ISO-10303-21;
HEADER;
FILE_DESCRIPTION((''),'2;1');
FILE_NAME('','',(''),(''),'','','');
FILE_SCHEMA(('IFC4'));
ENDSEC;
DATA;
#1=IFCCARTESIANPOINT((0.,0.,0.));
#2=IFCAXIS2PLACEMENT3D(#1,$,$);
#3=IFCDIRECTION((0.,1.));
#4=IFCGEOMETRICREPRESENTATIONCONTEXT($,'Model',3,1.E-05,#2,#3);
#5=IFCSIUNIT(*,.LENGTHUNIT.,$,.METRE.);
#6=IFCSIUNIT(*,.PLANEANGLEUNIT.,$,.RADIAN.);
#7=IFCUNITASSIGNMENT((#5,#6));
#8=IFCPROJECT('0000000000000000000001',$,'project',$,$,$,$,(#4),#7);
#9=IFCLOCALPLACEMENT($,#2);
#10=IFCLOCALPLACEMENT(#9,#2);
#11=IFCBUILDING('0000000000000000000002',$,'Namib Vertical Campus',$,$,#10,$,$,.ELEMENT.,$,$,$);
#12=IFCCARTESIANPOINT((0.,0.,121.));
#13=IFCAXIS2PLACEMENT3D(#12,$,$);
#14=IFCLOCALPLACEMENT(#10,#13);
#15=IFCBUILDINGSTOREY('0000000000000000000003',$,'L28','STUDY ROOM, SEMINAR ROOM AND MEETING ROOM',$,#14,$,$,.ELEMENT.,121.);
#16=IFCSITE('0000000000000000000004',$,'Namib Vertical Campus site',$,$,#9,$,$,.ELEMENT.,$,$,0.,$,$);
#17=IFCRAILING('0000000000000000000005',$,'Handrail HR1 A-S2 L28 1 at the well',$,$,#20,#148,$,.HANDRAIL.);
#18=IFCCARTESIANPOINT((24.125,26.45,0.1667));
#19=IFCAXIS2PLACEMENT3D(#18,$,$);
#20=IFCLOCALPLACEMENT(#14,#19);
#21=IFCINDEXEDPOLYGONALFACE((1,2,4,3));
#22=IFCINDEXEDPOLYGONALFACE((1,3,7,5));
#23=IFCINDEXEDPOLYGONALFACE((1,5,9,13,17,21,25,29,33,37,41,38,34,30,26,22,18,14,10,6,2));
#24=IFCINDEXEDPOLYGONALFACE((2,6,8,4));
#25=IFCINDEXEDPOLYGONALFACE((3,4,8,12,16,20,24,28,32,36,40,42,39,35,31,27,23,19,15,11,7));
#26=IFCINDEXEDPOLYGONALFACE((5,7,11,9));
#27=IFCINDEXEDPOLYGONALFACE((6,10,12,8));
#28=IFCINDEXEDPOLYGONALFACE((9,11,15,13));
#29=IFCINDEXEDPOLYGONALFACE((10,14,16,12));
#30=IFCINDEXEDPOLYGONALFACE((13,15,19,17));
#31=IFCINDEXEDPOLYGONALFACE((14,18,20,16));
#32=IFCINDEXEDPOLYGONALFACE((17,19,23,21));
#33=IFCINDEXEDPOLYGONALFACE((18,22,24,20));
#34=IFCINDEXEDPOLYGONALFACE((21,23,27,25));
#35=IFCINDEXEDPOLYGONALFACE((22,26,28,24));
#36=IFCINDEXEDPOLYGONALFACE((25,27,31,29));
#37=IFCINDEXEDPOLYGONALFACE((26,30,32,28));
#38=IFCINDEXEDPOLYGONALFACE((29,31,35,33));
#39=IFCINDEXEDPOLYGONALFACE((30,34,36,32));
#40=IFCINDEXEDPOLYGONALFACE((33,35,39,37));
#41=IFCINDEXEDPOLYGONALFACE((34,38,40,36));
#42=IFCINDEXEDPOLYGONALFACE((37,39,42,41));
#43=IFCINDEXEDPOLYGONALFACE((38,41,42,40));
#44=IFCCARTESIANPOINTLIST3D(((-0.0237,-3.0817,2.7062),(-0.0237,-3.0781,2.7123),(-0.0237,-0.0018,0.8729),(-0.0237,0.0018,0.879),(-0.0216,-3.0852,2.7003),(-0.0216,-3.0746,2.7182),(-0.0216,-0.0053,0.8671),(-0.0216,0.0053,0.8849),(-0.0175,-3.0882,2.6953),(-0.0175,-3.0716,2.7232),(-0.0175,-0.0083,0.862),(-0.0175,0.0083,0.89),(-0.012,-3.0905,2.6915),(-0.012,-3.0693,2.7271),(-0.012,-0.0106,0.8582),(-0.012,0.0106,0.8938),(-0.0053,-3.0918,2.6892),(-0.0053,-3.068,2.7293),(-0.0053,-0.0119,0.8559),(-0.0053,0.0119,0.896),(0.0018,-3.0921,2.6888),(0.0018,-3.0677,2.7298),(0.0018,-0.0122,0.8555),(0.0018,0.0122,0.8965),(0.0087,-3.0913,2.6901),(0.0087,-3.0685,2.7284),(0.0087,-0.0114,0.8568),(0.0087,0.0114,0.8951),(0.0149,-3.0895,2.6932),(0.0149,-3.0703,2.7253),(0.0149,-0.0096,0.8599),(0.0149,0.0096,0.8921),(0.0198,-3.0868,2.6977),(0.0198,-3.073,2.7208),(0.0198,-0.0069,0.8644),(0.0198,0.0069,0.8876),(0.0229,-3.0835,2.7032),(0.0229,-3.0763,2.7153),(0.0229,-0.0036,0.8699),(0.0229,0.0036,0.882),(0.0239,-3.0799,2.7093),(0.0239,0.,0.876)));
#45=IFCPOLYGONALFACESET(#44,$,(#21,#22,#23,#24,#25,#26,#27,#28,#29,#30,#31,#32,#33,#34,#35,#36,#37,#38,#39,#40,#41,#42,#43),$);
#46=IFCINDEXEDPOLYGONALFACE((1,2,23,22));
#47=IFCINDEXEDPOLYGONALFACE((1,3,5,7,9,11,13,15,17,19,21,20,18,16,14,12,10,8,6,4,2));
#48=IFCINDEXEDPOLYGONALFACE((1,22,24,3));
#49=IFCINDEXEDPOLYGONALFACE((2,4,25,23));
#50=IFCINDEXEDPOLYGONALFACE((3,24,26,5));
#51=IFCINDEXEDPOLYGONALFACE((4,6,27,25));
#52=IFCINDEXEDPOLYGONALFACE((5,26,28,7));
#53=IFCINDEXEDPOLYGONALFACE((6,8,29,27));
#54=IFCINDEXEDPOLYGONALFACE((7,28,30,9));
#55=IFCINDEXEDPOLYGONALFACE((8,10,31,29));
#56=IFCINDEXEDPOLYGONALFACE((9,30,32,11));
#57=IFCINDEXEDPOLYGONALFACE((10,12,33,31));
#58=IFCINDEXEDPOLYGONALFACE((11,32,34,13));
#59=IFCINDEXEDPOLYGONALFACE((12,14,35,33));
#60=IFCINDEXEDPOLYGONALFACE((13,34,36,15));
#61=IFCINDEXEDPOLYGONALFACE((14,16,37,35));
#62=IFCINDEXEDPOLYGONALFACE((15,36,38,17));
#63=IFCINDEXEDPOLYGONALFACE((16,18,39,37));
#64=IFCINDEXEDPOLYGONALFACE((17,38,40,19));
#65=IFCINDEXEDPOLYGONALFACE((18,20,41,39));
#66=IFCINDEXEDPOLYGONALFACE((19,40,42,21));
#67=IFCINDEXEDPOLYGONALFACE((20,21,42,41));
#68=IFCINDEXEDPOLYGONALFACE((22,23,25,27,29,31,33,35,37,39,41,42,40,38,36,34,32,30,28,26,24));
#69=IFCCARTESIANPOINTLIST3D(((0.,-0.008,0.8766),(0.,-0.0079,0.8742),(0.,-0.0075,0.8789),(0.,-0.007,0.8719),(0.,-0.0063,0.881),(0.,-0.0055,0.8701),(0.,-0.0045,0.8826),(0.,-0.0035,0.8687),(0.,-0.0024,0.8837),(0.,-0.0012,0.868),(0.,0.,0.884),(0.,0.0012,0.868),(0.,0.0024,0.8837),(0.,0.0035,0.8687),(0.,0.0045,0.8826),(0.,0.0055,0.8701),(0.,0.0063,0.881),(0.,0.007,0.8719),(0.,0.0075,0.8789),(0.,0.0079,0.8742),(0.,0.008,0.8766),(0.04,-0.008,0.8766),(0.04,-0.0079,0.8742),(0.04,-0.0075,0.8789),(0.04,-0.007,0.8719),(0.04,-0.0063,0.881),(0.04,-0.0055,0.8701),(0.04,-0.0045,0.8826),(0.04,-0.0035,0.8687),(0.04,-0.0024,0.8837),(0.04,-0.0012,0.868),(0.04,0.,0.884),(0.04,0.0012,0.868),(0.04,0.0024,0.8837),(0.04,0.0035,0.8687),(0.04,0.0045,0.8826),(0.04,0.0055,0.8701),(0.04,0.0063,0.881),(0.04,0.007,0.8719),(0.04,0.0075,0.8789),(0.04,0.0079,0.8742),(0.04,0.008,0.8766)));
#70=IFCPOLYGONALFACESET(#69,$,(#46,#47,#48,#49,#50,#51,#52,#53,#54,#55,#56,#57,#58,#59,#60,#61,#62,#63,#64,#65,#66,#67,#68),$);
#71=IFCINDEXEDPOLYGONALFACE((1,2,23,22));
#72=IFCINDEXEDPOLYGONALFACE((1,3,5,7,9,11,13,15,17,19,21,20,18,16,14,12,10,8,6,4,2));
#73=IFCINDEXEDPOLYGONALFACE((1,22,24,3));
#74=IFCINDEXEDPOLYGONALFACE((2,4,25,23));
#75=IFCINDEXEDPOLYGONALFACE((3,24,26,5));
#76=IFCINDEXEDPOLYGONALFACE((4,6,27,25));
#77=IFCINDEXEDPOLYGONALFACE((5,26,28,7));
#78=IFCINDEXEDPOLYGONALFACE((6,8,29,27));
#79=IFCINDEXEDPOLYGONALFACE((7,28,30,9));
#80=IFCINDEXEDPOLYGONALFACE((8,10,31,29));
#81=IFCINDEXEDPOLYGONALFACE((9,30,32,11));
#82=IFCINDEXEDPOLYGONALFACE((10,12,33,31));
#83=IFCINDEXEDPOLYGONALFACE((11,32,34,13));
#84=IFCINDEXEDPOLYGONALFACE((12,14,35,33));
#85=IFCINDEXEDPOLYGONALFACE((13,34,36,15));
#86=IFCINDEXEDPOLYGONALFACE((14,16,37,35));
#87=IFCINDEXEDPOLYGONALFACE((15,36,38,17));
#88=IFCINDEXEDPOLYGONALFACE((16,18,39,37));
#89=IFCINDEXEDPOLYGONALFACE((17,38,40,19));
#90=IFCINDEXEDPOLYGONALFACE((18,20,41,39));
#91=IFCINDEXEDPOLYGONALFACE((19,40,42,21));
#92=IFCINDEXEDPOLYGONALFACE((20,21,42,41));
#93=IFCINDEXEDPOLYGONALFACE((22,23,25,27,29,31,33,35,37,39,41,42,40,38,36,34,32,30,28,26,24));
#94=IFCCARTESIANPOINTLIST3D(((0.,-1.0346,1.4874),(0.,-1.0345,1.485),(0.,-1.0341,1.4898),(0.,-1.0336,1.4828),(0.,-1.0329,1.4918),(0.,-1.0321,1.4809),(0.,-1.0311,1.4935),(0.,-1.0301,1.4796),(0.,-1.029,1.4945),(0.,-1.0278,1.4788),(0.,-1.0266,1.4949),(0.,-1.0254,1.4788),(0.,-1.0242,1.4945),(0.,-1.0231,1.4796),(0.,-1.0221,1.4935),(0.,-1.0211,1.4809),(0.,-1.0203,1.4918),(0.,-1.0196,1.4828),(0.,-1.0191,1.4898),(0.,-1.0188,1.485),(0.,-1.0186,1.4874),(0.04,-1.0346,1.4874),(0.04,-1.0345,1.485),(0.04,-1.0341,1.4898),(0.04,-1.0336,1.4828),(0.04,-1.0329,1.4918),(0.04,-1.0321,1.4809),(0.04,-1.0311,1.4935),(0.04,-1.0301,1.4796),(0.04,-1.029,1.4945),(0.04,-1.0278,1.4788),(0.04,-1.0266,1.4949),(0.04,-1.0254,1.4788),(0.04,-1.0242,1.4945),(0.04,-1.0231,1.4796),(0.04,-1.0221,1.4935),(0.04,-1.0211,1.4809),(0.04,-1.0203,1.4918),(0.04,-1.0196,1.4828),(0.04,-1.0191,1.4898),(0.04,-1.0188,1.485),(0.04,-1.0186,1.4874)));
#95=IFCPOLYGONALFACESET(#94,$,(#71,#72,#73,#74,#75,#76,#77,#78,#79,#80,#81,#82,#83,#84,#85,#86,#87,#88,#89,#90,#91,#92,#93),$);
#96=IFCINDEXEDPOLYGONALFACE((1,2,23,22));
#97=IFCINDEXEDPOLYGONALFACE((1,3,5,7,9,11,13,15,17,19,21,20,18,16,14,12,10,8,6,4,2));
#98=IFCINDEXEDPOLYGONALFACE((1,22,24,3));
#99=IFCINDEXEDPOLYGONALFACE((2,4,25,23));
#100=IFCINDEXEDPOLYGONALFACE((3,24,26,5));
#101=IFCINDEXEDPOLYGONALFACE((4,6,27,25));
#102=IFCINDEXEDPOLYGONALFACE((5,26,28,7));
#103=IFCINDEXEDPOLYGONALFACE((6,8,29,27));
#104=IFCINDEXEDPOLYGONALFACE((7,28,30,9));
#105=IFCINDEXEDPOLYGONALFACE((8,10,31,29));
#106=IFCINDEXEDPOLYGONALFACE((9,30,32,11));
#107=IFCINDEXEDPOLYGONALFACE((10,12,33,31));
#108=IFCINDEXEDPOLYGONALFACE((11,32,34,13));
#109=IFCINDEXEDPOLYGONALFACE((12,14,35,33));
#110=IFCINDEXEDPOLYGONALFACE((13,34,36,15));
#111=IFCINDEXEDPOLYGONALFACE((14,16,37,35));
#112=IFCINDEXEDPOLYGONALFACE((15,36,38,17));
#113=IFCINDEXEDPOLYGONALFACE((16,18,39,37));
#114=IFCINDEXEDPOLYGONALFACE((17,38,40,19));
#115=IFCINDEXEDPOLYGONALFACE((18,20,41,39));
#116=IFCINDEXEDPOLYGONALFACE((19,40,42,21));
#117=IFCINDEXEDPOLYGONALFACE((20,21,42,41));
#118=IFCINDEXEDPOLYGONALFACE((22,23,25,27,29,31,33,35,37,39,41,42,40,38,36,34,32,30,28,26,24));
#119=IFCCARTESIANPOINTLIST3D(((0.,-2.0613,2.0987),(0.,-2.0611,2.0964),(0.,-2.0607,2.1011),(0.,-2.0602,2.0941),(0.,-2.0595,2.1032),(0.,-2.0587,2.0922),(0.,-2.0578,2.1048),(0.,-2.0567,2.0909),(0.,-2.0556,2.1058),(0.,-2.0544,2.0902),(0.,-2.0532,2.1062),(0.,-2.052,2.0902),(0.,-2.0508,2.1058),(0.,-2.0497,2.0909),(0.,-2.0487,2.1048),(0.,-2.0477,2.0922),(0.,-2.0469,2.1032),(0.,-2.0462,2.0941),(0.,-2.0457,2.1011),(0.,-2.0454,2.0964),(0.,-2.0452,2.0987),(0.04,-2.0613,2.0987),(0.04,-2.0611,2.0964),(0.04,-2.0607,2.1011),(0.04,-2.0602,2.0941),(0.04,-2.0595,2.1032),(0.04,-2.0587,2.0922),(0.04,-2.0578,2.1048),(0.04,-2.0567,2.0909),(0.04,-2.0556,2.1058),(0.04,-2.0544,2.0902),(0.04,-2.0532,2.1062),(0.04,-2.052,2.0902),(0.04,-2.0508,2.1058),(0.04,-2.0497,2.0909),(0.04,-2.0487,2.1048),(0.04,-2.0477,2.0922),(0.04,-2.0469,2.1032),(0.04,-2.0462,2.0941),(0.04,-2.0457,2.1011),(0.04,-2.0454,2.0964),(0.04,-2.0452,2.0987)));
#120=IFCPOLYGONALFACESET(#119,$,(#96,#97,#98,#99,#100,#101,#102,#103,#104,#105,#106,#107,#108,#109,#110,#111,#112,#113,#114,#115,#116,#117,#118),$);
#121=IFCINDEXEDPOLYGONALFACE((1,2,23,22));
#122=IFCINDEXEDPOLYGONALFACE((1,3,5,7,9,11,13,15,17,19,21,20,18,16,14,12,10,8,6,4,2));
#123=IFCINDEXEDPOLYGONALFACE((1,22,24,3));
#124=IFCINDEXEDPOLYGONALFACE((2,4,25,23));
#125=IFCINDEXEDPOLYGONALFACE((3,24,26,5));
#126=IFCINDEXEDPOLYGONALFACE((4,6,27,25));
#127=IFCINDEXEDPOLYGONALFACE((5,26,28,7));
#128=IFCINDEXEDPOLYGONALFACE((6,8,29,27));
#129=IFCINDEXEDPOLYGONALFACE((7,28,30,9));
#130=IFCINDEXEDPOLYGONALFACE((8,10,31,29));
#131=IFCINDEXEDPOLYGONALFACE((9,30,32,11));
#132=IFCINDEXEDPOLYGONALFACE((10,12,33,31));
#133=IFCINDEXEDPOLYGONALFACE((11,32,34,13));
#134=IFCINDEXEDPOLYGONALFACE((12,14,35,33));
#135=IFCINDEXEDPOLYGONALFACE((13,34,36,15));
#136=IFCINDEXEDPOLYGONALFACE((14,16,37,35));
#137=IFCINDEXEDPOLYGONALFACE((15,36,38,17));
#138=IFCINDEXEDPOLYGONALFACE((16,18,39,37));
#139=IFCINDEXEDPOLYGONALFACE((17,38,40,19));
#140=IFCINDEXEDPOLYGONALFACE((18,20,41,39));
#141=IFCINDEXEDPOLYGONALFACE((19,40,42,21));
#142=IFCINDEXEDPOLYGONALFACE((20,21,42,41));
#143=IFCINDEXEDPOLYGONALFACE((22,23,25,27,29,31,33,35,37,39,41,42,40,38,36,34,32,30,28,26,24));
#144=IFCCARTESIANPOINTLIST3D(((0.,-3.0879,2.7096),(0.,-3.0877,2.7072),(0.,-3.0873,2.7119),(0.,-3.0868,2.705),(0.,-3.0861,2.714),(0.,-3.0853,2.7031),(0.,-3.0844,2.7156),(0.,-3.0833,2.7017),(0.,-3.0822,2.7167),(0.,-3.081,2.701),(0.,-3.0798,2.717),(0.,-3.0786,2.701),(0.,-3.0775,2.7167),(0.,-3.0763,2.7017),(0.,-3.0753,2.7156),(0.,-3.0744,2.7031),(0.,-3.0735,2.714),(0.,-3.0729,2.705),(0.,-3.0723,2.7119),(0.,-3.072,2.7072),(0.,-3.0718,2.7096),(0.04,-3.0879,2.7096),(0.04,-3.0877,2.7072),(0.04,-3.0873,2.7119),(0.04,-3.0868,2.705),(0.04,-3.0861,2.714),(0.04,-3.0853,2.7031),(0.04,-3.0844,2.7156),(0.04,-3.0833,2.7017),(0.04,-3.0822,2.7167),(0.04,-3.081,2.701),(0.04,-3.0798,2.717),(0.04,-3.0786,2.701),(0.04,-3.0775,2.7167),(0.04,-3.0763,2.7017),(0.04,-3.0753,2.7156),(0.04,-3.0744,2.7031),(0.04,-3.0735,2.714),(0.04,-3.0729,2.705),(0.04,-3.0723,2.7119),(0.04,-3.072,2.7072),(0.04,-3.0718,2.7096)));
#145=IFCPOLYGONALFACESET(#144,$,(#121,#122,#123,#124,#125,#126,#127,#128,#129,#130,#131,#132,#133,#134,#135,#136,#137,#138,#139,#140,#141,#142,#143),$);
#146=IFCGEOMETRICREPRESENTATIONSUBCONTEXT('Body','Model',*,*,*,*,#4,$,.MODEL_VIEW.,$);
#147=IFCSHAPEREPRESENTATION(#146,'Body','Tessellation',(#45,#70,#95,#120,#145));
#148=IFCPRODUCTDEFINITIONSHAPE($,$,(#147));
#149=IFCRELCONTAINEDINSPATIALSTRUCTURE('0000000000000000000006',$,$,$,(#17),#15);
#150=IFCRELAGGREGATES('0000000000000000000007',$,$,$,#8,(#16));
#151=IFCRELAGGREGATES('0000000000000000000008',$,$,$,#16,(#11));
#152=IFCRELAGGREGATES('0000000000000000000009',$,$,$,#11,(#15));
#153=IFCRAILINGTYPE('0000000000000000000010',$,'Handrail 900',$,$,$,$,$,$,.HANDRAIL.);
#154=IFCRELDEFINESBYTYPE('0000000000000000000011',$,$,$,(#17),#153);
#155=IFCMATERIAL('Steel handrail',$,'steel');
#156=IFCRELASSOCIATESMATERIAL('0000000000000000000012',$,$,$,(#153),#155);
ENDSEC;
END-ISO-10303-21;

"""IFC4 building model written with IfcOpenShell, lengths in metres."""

from ifc_helpers import new_model, si_unit, direction, frame, origin, origin_2d, place, context, subcontext, project, spatial, circle, extrude, material, type_object, element, save


model = new_model("IFC4")

# Units and contexts
model_context = context("Model", 3, precision=1e-05, world=origin(), true_north=direction((0.0, 1.0)))
body_context = subcontext(model_context, "Body", "Model", "MODEL_VIEW")
ifc_project = project(units=[si_unit("LENGTHUNIT", "METRE"), si_unit("PLANEANGLEUNIT", "RADIAN")], contexts=[model_context])

# Site, building, storey
site_placement = place(None, origin())
site = spatial("IfcSite", under=ifc_project, at=site_placement, Name="Namib Vertical Campus site", CompositionType="ELEMENT", RefElevation=0.0)
building_placement = place(site_placement, origin())
building = spatial("IfcBuilding", under=site, at=building_placement, Name="Namib Vertical Campus", CompositionType="ELEMENT")
storey_placement = place(building_placement, frame((0.0, 0.0, 121.0)))
storey = spatial("IfcBuildingStorey", under=building, at=storey_placement, Name="L28", Description="STUDY ROOM, SEMINAR ROOM AND MEETING ROOM", CompositionType="ELEMENT", Elevation=121.0)

# Railing
ifc_material_1 = material(Name="Steel handrail", Category="steel")
railing_type_1 = type_object("IfcRailingType", Name="Handrail 900", PredefinedType="HANDRAIL", material=ifc_material_1)
railing_1_placement = place(storey_placement, frame((24.125, 26.45, 0.1667)))
element("IfcRailing", 1, at=railing_1_placement, inside=storey, type_object=railing_type_1, Name="Handrail HR1 A-S2 L28 1 at the well", PredefinedType="HANDRAIL", context=body_context, shape_type="SweptSolid", body=[
    extrude(circle(Radius=0.0239, at=origin_2d()), frame((0.0, 0.0, 0.876), z_axis=(0.0, -0.859291, 0.511487), x_axis=(1.0, 0.0, 0.0)), (0.0, 0.0, 1.0), 3.5842),
    extrude(circle(Radius=0.0081, at=origin_2d()), frame((0.0, 0.0, 0.876), z_axis=(1.0, 0.0, 0.0), x_axis=(0.0, 0.0, 1.0)), (0.0, 0.0, 1.0), 0.04),
    extrude(circle(Radius=0.0081, at=origin_2d()), frame((0.0, -1.0266, 1.4868), z_axis=(1.0, 0.0, 0.0), x_axis=(0.0, 0.0, 1.0)), (0.0, 0.0, 1.0), 0.04),
    extrude(circle(Radius=0.0081, at=origin_2d()), frame((0.0, -2.0532, 2.0981), z_axis=(1.0, 0.0, 0.0), x_axis=(0.0, 0.0, 1.0)), (0.0, 0.0, 1.0), 0.04),
    extrude(circle(Radius=0.0081, at=origin_2d()), frame((0.0, -3.0798, 2.709), z_axis=(1.0, 0.0, 0.0), x_axis=(0.0, 0.0, 1.0)), (0.0, 0.0, 1.0), 0.04),
])

save(model, "model.ifc")
